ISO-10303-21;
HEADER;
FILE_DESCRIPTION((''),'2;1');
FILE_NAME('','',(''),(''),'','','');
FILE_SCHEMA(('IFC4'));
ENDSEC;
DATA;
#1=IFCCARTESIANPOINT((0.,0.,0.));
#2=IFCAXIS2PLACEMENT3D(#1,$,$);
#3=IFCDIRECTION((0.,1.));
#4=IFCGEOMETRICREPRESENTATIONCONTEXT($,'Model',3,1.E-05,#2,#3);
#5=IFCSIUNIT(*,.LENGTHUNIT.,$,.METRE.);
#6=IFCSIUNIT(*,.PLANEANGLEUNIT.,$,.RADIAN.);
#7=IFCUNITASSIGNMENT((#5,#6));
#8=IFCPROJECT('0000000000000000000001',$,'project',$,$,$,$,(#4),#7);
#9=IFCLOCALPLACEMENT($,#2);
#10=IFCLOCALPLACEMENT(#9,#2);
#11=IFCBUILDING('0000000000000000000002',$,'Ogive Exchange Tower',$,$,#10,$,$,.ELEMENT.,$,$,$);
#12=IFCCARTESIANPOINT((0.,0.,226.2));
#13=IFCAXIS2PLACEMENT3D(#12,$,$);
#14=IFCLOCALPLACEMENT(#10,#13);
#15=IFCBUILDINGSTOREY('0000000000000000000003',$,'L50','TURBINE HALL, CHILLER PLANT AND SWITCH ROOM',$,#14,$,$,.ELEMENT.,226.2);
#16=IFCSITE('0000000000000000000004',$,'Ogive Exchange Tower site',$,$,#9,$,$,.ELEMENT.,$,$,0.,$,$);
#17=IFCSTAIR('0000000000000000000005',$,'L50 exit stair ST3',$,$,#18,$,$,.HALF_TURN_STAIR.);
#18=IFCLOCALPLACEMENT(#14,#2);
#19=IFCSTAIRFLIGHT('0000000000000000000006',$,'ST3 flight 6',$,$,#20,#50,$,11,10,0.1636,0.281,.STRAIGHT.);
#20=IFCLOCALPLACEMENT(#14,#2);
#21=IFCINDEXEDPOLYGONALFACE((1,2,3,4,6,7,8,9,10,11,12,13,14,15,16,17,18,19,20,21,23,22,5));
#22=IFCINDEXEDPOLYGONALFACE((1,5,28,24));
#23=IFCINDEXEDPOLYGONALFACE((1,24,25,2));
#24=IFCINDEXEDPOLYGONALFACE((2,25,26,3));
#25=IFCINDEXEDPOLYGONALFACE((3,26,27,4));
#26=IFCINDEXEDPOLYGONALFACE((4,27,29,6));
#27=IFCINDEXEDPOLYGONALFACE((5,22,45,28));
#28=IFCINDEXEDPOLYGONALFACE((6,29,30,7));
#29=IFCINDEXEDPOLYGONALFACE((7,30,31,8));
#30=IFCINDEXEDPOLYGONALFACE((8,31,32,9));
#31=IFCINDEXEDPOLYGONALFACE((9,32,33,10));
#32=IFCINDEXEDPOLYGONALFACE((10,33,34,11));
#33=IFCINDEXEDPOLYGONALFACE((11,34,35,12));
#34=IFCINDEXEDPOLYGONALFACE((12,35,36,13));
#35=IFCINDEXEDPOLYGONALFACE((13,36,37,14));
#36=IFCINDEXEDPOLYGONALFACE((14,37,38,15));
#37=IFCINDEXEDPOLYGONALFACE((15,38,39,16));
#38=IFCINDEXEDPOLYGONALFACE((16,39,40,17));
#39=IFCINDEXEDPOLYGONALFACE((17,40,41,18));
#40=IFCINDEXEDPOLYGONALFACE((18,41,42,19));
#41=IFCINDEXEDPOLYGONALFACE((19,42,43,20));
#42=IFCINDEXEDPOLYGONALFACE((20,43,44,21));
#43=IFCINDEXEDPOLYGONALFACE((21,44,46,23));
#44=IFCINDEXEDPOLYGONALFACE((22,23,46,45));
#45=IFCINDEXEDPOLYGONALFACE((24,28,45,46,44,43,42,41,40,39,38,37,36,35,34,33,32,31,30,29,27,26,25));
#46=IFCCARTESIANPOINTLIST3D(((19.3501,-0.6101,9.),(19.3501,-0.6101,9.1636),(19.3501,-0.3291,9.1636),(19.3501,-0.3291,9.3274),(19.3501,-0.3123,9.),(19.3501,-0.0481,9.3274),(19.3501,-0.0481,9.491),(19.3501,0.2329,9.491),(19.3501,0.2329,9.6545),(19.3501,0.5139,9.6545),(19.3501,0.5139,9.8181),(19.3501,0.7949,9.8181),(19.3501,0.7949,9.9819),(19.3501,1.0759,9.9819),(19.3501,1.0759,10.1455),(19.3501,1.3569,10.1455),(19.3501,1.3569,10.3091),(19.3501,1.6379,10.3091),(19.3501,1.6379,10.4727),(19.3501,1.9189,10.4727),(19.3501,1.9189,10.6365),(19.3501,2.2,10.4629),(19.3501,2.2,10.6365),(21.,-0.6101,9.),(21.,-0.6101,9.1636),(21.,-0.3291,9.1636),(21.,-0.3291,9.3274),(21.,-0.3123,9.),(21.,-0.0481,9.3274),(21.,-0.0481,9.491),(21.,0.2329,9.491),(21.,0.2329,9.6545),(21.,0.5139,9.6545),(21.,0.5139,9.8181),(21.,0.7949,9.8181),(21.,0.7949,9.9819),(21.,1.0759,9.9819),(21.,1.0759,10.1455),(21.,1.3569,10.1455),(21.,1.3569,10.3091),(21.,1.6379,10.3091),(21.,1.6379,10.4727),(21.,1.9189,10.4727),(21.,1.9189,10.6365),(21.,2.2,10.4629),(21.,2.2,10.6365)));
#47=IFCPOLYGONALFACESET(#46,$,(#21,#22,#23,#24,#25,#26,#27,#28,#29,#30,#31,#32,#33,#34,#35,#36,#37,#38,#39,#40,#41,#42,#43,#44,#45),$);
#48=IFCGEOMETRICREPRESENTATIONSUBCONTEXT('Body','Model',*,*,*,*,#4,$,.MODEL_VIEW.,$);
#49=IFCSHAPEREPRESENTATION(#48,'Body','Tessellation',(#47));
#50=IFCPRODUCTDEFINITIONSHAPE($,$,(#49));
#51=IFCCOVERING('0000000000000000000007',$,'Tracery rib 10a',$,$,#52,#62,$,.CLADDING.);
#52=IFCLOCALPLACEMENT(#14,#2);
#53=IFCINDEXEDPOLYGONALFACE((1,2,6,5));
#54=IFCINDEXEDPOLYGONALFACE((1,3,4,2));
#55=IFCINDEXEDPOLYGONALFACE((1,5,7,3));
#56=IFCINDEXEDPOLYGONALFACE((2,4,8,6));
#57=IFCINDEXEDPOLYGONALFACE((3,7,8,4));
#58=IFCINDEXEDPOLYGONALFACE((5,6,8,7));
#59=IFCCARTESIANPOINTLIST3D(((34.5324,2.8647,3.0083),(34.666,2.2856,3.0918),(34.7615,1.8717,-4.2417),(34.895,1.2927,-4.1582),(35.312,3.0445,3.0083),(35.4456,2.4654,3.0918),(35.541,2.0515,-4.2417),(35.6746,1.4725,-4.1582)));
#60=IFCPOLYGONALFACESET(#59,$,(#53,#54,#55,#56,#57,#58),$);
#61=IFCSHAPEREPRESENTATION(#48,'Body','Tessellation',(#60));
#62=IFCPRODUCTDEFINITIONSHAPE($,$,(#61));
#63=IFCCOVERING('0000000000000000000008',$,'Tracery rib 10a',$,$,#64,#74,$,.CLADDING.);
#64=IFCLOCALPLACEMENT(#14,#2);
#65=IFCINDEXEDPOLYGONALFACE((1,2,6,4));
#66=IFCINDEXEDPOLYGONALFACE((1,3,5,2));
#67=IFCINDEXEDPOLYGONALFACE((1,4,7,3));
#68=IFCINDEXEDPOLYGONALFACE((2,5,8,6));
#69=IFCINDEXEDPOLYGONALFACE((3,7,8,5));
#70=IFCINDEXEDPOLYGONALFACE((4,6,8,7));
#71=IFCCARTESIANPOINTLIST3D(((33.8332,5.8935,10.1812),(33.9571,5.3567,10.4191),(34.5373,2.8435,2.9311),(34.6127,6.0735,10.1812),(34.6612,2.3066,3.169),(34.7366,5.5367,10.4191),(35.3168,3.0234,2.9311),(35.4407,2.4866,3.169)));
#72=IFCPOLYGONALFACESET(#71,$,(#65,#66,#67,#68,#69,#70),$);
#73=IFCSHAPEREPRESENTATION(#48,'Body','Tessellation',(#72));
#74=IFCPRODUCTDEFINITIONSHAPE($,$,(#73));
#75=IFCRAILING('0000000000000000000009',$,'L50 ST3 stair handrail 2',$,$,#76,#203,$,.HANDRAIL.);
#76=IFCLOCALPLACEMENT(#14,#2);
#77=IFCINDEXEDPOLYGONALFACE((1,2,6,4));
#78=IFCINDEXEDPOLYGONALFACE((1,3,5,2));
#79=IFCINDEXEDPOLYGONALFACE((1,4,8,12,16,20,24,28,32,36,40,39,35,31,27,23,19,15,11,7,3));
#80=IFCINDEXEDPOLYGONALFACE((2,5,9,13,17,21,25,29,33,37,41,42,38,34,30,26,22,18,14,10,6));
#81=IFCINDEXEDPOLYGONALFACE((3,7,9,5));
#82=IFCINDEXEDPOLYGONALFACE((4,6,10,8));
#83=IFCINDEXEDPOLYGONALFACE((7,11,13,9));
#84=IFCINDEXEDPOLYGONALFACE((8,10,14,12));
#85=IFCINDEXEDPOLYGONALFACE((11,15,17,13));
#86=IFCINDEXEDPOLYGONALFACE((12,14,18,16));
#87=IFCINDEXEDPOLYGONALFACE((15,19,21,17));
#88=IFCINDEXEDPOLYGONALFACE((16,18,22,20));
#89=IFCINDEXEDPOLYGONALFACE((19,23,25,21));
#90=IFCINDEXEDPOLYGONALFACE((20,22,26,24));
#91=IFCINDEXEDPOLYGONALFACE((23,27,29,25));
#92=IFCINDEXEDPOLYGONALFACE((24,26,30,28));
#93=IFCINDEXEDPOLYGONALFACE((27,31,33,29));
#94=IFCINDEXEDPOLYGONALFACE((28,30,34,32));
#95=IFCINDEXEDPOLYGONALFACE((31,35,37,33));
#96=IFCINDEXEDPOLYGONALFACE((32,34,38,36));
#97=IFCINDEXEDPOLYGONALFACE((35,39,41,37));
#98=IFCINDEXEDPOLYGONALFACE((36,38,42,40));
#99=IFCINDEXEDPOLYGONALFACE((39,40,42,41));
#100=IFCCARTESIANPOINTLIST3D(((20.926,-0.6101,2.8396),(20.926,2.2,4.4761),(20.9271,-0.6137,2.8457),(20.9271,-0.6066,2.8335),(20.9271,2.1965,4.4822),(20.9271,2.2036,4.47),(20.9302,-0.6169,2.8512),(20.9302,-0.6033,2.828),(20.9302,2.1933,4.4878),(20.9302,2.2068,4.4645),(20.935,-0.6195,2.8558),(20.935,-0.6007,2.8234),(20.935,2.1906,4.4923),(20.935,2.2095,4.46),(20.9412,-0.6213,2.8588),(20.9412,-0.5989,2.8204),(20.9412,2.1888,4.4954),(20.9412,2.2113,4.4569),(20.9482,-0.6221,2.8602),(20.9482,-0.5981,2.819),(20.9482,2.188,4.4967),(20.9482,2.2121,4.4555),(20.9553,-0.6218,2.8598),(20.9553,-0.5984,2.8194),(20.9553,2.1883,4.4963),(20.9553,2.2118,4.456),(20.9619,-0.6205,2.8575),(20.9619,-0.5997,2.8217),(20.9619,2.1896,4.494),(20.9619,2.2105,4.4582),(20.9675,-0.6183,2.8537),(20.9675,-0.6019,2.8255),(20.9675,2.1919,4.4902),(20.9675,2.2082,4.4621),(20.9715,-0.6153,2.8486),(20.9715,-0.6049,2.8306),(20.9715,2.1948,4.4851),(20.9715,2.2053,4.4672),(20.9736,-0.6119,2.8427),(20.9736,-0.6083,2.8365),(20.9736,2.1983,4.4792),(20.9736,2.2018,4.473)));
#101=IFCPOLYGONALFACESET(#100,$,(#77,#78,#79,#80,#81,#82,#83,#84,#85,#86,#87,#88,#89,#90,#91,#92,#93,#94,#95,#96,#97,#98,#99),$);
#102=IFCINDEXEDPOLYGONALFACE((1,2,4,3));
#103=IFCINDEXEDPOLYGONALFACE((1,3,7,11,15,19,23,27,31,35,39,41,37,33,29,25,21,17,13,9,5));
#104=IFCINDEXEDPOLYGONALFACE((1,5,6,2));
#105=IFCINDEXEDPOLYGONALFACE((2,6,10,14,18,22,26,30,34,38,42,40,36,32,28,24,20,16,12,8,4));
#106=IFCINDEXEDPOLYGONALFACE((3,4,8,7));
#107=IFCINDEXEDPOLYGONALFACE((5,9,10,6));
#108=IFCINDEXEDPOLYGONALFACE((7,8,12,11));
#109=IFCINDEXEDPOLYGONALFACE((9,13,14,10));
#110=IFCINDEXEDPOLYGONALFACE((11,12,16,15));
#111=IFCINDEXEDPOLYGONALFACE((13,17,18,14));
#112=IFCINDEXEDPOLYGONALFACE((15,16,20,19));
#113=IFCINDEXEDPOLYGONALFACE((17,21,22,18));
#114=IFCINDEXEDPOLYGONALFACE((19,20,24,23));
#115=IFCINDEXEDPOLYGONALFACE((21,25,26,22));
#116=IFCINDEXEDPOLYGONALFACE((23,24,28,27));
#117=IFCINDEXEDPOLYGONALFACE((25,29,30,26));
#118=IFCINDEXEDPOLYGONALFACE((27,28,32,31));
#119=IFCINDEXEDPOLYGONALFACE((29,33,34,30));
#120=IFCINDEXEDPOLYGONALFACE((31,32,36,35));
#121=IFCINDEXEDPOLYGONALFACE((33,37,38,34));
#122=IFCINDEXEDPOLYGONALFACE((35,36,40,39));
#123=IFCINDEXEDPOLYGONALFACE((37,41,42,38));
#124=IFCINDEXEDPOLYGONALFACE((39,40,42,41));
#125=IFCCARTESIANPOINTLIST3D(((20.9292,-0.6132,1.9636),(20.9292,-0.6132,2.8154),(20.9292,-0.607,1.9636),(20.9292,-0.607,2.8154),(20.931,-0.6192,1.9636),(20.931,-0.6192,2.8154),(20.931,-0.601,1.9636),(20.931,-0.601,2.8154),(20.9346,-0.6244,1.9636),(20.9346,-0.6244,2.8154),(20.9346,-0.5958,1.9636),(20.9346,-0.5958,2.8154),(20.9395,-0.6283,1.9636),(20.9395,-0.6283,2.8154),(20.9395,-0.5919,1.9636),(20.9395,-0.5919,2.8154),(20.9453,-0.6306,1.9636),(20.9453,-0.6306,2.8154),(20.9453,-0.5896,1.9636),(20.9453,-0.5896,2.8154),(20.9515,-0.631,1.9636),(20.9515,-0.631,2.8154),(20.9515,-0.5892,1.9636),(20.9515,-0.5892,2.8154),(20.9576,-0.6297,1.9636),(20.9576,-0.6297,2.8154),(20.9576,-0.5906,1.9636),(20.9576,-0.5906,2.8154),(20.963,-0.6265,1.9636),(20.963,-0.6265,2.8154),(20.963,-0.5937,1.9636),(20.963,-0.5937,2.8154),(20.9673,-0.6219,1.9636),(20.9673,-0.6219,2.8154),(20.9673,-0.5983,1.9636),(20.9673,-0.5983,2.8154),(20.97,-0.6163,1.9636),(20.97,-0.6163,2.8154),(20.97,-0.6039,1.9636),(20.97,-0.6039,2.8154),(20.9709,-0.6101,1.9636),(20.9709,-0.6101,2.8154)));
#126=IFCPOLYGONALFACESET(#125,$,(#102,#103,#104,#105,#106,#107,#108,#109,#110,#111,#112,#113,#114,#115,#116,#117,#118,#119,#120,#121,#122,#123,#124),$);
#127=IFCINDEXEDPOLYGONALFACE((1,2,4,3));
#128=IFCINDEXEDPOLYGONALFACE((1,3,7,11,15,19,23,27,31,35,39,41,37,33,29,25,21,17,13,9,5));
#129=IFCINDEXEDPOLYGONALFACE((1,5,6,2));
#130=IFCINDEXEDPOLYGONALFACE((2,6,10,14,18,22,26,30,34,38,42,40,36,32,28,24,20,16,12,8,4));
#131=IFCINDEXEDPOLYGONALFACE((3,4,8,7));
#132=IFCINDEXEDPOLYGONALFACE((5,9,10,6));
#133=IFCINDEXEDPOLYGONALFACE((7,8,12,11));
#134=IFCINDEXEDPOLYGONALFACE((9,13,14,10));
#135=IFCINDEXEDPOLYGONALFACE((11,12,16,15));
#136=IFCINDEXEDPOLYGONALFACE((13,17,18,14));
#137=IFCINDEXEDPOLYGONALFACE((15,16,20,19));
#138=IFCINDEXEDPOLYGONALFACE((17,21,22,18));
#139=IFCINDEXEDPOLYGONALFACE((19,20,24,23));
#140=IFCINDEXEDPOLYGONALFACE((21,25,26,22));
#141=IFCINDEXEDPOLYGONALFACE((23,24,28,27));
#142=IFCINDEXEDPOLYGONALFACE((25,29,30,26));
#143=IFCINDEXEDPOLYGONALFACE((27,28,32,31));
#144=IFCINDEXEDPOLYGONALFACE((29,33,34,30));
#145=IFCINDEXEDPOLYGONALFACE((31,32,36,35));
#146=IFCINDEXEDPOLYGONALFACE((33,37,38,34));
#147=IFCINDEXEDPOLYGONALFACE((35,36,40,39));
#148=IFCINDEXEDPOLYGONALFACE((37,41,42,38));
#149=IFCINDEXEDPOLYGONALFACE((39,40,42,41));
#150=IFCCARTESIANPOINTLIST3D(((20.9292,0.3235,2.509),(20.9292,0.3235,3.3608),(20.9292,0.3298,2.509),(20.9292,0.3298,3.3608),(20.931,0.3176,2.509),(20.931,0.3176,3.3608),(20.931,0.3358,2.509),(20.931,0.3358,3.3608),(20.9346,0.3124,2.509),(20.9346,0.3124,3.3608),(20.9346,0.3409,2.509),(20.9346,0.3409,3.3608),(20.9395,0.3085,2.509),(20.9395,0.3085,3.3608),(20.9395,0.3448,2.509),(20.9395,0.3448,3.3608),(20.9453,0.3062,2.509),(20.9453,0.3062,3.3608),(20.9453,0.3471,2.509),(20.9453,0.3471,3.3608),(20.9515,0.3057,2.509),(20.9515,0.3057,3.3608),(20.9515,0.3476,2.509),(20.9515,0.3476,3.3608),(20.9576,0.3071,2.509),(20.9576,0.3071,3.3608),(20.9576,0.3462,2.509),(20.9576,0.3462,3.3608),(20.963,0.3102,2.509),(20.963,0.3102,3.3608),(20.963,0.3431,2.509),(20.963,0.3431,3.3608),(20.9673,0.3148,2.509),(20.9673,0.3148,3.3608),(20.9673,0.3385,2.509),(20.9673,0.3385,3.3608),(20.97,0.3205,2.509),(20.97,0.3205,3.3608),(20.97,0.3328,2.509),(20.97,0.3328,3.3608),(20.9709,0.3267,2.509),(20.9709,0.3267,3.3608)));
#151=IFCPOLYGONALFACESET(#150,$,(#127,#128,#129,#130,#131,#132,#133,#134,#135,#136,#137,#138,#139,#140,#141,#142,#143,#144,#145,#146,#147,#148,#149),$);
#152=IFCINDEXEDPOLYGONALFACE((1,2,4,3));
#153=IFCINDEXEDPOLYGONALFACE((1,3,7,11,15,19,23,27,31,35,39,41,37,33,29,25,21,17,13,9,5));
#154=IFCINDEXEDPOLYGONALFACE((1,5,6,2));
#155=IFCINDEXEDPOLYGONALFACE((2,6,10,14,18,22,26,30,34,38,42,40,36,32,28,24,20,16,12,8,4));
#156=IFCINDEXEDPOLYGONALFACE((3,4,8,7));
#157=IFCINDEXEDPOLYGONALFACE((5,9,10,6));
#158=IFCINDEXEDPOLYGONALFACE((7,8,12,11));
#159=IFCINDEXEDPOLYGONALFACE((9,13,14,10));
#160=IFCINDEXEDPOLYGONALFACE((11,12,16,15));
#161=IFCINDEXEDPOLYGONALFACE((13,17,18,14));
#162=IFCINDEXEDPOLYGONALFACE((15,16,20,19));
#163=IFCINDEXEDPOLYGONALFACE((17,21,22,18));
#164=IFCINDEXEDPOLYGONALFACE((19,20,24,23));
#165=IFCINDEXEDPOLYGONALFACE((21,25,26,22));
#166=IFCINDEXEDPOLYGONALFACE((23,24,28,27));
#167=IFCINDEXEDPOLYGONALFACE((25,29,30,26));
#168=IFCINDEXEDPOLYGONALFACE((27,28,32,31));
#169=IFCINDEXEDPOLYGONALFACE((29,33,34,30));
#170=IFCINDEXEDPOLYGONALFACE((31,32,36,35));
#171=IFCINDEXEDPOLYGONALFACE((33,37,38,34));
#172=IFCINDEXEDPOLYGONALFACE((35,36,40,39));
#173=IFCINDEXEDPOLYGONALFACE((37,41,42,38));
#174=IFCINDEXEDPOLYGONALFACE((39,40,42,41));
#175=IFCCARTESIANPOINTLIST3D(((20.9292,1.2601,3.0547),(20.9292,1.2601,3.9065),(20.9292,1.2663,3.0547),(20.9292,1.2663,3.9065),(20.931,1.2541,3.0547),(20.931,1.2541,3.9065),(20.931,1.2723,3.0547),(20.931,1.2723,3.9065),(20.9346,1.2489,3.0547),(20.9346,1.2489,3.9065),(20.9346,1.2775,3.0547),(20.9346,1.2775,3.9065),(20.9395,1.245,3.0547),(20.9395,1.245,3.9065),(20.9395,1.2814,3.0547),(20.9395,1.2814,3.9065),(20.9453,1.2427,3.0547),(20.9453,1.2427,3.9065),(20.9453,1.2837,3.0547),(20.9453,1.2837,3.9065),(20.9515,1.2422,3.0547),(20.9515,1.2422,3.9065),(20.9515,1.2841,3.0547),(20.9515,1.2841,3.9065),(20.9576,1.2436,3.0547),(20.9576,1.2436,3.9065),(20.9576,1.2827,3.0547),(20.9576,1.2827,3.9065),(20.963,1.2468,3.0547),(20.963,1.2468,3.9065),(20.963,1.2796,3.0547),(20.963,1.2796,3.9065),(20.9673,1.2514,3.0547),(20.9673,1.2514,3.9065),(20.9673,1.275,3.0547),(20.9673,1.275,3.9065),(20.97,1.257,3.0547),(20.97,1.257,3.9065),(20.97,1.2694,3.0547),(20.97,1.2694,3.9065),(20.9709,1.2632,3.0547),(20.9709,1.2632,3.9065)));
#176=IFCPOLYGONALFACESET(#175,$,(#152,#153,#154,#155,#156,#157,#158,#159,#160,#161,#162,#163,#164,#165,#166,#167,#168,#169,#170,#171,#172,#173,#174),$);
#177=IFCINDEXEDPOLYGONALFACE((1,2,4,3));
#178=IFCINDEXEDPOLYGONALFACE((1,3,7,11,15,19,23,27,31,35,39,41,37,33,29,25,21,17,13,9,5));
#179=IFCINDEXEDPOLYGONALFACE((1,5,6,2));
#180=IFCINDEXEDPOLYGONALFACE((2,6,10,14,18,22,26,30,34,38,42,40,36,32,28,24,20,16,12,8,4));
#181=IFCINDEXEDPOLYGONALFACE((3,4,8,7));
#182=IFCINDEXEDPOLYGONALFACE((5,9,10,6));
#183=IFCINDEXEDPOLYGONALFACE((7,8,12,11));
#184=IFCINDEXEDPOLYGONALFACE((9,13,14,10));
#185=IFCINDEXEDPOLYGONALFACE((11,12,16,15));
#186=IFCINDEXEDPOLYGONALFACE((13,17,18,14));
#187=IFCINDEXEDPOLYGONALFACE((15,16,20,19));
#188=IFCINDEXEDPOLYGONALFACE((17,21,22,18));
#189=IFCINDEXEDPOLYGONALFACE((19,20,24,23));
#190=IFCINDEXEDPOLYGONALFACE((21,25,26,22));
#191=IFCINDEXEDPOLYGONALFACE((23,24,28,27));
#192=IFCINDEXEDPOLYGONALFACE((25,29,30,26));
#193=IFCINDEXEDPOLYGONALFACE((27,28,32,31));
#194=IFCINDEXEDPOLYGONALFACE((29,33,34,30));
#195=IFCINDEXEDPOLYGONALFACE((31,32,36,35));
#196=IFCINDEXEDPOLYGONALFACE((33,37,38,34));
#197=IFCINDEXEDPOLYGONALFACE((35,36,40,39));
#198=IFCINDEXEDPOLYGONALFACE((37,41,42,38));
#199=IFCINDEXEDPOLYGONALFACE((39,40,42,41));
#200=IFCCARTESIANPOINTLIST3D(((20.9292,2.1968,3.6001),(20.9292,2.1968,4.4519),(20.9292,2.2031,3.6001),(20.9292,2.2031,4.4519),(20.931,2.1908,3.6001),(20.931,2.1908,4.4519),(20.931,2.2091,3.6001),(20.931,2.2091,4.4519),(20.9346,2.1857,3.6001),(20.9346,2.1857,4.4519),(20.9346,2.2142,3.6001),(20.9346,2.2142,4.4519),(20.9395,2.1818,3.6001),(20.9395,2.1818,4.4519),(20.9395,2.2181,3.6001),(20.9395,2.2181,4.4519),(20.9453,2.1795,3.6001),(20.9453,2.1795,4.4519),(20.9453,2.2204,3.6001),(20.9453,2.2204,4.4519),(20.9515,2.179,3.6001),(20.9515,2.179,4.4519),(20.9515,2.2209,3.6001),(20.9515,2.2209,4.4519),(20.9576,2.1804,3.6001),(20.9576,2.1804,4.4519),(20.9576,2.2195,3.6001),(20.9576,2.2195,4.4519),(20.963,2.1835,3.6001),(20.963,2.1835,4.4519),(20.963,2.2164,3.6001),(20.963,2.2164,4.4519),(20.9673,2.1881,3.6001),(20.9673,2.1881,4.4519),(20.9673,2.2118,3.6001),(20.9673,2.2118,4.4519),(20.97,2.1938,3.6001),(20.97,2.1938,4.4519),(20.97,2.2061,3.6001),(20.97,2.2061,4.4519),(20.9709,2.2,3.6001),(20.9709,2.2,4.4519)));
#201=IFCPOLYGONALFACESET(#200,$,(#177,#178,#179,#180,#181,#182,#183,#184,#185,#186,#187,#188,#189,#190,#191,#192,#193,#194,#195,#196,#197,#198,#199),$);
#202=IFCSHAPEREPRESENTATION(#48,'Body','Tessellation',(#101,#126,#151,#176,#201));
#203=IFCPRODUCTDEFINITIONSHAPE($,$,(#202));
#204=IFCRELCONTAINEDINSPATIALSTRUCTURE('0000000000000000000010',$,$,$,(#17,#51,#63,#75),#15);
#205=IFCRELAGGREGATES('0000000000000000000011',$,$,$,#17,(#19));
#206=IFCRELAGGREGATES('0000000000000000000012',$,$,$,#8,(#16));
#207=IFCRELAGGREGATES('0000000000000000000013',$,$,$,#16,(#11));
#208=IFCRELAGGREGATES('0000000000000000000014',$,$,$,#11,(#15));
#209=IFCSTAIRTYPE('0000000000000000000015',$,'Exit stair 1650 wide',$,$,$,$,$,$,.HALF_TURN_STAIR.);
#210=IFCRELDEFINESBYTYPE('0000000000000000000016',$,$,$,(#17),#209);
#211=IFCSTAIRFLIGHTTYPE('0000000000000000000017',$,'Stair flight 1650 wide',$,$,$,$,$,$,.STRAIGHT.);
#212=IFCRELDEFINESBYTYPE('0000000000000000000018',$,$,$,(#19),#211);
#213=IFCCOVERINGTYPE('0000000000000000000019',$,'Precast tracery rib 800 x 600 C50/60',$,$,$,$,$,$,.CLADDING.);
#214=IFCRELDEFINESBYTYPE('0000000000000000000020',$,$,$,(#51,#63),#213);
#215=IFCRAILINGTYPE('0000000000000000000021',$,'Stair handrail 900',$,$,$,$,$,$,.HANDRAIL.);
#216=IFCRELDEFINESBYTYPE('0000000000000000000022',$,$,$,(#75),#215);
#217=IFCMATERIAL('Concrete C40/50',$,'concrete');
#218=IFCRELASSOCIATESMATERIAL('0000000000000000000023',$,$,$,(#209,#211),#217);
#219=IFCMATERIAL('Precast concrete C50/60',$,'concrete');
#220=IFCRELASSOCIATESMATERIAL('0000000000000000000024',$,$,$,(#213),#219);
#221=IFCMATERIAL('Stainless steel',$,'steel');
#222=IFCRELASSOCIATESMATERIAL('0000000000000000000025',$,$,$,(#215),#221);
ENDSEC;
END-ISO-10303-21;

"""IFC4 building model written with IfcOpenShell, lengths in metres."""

from ifc_helpers import new_model, si_unit, direction, frame, origin, origin_2d, place, context, subcontext, project, spatial, polyline, rectangle, circle, outline, extrude, material, material_profile, profile_set, type_object, element, aggregate, save


model = new_model("IFC4")

# Units and contexts
model_context = context("Model", 3, precision=1e-05, world=origin(), true_north=direction((0.0, 1.0)))
body_context = subcontext(model_context, "Body", "Model", "MODEL_VIEW")
ifc_project = project(units=[si_unit("LENGTHUNIT", "METRE"), si_unit("PLANEANGLEUNIT", "RADIAN")], contexts=[model_context])

# Site, building, storey
site_placement = place(None, origin())
site = spatial("IfcSite", under=ifc_project, at=site_placement, Name="Ogive Exchange Tower site", CompositionType="ELEMENT", RefElevation=0.0)
building_placement = place(site_placement, origin())
building = spatial("IfcBuilding", under=site, at=building_placement, Name="Ogive Exchange Tower", CompositionType="ELEMENT")
storey_placement = place(building_placement, frame((0.0, 0.0, 226.2)))
storey = spatial("IfcBuildingStorey", under=building, at=storey_placement, Name="L50", Description="TURBINE HALL, CHILLER PLANT AND SWITCH ROOM", CompositionType="ELEMENT", Elevation=226.2)

# Stair, stair flight
ifc_material_1 = material(Name="Concrete C40/50", Category="concrete")
stair_type = type_object("IfcStairType", Name="Exit stair 1650 wide", PredefinedType="HALF_TURN_STAIR", material=ifc_material_1)
stair_placement = place(storey_placement, origin())
stair = element("IfcStair", 1, at=stair_placement, inside=storey, type_object=stair_type, Name="L50 exit stair ST3", PredefinedType="HALF_TURN_STAIR")
stair_flight_type = type_object("IfcStairFlightType", Name="Stair flight 1650 wide", PredefinedType="STRAIGHT", material=ifc_material_1)
stair_flight_1_placement = place(storey_placement, frame((20.175, -0.6101, 9.0), z_axis=(0.0, 0.0, 1.0), x_axis=(0.0, 1.0, 0.0)))
stair_flight_1 = element("IfcStairFlight", 2, at=stair_flight_1_placement, type_object=stair_flight_type, Name="ST3 flight 6", NumberOfRisers=11, NumberOfTreads=10, PredefinedType="STRAIGHT", RiserHeight=0.1636, TreadLength=0.281, context=body_context, shape_type="SweptSolid", body=[
    extrude(outline(polyline([(0.0, 0.0), (0.0, 0.1636), (0.281, 0.1636), (0.281, 0.3274), (0.562, 0.3274), (0.562, 0.491), (0.843, 0.491), (0.843, 0.6545), (1.124, 0.6545), (1.124, 0.8181), (1.405, 0.8181), (1.405, 0.9819), (1.686, 0.9819), (1.686, 1.1455), (1.967, 1.1455), (1.967, 1.3091), (2.248, 1.3091), (2.248, 1.4727), (2.5291, 1.4727), (2.5291, 1.6365), (2.8101, 1.6365), (2.8101, 1.8), (2.8101, 1.4629), (0.2979, 0.0), (0.0, 0.0)])), frame((0.0, 0.825, 0.0), z_axis=(0.0, -1.0, 0.0), x_axis=(1.0, 0.0, 0.0)), (0.0, 0.0, 1.0), 1.6499),
])
aggregate(stair, [stair_flight_1])

# Coverings
ifc_material_2 = material(Name="Precast concrete C50/60", Category="concrete")
ifc_material_profile_1 = material_profile(ifc_material_2, rectangle(XDim=0.8, YDim=0.6001, at=origin_2d()), Name="RIB 800 x 600")
ifc_profile_set_1 = profile_set([ifc_material_profile_1], Name="Precast concrete C50/60")
covering_type = type_object("IfcCoveringType", Name="Precast tracery rib 800 x 600 C50/60", PredefinedType="CLADDING", material=ifc_profile_set_1)
covering_1_placement = place(storey_placement, frame((35.218, 1.6721, -4.2), z_axis=(-0.031279, 0.135621, 0.990267), x_axis=(-0.974419, -0.224737, 0.0)))
element("IfcCovering", 3, at=covering_1_placement, inside=storey, type_object=covering_type, Name="Tracery rib 10a", PredefinedType="CLADDING", context=body_context, shape_type="SweptSolid", body=[
    extrude(rectangle(XDim=0.8, YDim=0.6001, at=origin_2d()), origin(), (0.0, 0.0, 1.0), 7.3213),
])
covering_2_placement = place(storey_placement, frame((34.989, 2.665, 3.05), z_axis=(-0.089162, 0.386234, 0.918082), x_axis=(-0.974374, -0.224934, 0.0)))
element("IfcCovering", 4, at=covering_2_placement, inside=storey, type_object=covering_type, Name="Tracery rib 10a", PredefinedType="CLADDING", context=body_context, shape_type="SweptSolid", body=[
    extrude(rectangle(XDim=0.8, YDim=0.6001, at=origin_2d()), origin(), (0.0, 0.0, 1.0), 7.897),
])

# Railing
ifc_material_3 = material(Name="Stainless steel", Category="steel")
railing_type = type_object("IfcRailingType", Name="Stair handrail 900", PredefinedType="HANDRAIL", material=ifc_material_3)
railing_1_placement = place(storey_placement, frame((20.95, -0.6101, 1.9636)))
element("IfcRailing", 5, at=railing_1_placement, inside=storey, type_object=railing_type, Name="L50 ST3 stair handrail 2", PredefinedType="HANDRAIL", context=body_context, shape_type="SweptSolid", body=[
    extrude(circle(Radius=0.0239, at=origin_2d()), frame((0.0, 0.0, 0.876), z_axis=(0.0, 0.864144, 0.503245), x_axis=(-1.0, 0.0, 0.0)), (0.0, 0.0, 1.0), 3.252),
    extrude(circle(Radius=0.021, at=origin_2d()), origin(), (0.0, 0.0, 1.0), 0.8518),
    extrude(circle(Radius=0.021, at=origin_2d()), frame((0.0, 0.9368, 0.5454)), (0.0, 0.0, 1.0), 0.8518),
    extrude(circle(Radius=0.021, at=origin_2d()), frame((0.0, 1.8733, 1.0911)), (0.0, 0.0, 1.0), 0.8518),
    extrude(circle(Radius=0.021, at=origin_2d()), frame((0.0, 2.8101, 1.6365)), (0.0, 0.0, 1.0), 0.8518),
])

save(model, "model.ifc")
